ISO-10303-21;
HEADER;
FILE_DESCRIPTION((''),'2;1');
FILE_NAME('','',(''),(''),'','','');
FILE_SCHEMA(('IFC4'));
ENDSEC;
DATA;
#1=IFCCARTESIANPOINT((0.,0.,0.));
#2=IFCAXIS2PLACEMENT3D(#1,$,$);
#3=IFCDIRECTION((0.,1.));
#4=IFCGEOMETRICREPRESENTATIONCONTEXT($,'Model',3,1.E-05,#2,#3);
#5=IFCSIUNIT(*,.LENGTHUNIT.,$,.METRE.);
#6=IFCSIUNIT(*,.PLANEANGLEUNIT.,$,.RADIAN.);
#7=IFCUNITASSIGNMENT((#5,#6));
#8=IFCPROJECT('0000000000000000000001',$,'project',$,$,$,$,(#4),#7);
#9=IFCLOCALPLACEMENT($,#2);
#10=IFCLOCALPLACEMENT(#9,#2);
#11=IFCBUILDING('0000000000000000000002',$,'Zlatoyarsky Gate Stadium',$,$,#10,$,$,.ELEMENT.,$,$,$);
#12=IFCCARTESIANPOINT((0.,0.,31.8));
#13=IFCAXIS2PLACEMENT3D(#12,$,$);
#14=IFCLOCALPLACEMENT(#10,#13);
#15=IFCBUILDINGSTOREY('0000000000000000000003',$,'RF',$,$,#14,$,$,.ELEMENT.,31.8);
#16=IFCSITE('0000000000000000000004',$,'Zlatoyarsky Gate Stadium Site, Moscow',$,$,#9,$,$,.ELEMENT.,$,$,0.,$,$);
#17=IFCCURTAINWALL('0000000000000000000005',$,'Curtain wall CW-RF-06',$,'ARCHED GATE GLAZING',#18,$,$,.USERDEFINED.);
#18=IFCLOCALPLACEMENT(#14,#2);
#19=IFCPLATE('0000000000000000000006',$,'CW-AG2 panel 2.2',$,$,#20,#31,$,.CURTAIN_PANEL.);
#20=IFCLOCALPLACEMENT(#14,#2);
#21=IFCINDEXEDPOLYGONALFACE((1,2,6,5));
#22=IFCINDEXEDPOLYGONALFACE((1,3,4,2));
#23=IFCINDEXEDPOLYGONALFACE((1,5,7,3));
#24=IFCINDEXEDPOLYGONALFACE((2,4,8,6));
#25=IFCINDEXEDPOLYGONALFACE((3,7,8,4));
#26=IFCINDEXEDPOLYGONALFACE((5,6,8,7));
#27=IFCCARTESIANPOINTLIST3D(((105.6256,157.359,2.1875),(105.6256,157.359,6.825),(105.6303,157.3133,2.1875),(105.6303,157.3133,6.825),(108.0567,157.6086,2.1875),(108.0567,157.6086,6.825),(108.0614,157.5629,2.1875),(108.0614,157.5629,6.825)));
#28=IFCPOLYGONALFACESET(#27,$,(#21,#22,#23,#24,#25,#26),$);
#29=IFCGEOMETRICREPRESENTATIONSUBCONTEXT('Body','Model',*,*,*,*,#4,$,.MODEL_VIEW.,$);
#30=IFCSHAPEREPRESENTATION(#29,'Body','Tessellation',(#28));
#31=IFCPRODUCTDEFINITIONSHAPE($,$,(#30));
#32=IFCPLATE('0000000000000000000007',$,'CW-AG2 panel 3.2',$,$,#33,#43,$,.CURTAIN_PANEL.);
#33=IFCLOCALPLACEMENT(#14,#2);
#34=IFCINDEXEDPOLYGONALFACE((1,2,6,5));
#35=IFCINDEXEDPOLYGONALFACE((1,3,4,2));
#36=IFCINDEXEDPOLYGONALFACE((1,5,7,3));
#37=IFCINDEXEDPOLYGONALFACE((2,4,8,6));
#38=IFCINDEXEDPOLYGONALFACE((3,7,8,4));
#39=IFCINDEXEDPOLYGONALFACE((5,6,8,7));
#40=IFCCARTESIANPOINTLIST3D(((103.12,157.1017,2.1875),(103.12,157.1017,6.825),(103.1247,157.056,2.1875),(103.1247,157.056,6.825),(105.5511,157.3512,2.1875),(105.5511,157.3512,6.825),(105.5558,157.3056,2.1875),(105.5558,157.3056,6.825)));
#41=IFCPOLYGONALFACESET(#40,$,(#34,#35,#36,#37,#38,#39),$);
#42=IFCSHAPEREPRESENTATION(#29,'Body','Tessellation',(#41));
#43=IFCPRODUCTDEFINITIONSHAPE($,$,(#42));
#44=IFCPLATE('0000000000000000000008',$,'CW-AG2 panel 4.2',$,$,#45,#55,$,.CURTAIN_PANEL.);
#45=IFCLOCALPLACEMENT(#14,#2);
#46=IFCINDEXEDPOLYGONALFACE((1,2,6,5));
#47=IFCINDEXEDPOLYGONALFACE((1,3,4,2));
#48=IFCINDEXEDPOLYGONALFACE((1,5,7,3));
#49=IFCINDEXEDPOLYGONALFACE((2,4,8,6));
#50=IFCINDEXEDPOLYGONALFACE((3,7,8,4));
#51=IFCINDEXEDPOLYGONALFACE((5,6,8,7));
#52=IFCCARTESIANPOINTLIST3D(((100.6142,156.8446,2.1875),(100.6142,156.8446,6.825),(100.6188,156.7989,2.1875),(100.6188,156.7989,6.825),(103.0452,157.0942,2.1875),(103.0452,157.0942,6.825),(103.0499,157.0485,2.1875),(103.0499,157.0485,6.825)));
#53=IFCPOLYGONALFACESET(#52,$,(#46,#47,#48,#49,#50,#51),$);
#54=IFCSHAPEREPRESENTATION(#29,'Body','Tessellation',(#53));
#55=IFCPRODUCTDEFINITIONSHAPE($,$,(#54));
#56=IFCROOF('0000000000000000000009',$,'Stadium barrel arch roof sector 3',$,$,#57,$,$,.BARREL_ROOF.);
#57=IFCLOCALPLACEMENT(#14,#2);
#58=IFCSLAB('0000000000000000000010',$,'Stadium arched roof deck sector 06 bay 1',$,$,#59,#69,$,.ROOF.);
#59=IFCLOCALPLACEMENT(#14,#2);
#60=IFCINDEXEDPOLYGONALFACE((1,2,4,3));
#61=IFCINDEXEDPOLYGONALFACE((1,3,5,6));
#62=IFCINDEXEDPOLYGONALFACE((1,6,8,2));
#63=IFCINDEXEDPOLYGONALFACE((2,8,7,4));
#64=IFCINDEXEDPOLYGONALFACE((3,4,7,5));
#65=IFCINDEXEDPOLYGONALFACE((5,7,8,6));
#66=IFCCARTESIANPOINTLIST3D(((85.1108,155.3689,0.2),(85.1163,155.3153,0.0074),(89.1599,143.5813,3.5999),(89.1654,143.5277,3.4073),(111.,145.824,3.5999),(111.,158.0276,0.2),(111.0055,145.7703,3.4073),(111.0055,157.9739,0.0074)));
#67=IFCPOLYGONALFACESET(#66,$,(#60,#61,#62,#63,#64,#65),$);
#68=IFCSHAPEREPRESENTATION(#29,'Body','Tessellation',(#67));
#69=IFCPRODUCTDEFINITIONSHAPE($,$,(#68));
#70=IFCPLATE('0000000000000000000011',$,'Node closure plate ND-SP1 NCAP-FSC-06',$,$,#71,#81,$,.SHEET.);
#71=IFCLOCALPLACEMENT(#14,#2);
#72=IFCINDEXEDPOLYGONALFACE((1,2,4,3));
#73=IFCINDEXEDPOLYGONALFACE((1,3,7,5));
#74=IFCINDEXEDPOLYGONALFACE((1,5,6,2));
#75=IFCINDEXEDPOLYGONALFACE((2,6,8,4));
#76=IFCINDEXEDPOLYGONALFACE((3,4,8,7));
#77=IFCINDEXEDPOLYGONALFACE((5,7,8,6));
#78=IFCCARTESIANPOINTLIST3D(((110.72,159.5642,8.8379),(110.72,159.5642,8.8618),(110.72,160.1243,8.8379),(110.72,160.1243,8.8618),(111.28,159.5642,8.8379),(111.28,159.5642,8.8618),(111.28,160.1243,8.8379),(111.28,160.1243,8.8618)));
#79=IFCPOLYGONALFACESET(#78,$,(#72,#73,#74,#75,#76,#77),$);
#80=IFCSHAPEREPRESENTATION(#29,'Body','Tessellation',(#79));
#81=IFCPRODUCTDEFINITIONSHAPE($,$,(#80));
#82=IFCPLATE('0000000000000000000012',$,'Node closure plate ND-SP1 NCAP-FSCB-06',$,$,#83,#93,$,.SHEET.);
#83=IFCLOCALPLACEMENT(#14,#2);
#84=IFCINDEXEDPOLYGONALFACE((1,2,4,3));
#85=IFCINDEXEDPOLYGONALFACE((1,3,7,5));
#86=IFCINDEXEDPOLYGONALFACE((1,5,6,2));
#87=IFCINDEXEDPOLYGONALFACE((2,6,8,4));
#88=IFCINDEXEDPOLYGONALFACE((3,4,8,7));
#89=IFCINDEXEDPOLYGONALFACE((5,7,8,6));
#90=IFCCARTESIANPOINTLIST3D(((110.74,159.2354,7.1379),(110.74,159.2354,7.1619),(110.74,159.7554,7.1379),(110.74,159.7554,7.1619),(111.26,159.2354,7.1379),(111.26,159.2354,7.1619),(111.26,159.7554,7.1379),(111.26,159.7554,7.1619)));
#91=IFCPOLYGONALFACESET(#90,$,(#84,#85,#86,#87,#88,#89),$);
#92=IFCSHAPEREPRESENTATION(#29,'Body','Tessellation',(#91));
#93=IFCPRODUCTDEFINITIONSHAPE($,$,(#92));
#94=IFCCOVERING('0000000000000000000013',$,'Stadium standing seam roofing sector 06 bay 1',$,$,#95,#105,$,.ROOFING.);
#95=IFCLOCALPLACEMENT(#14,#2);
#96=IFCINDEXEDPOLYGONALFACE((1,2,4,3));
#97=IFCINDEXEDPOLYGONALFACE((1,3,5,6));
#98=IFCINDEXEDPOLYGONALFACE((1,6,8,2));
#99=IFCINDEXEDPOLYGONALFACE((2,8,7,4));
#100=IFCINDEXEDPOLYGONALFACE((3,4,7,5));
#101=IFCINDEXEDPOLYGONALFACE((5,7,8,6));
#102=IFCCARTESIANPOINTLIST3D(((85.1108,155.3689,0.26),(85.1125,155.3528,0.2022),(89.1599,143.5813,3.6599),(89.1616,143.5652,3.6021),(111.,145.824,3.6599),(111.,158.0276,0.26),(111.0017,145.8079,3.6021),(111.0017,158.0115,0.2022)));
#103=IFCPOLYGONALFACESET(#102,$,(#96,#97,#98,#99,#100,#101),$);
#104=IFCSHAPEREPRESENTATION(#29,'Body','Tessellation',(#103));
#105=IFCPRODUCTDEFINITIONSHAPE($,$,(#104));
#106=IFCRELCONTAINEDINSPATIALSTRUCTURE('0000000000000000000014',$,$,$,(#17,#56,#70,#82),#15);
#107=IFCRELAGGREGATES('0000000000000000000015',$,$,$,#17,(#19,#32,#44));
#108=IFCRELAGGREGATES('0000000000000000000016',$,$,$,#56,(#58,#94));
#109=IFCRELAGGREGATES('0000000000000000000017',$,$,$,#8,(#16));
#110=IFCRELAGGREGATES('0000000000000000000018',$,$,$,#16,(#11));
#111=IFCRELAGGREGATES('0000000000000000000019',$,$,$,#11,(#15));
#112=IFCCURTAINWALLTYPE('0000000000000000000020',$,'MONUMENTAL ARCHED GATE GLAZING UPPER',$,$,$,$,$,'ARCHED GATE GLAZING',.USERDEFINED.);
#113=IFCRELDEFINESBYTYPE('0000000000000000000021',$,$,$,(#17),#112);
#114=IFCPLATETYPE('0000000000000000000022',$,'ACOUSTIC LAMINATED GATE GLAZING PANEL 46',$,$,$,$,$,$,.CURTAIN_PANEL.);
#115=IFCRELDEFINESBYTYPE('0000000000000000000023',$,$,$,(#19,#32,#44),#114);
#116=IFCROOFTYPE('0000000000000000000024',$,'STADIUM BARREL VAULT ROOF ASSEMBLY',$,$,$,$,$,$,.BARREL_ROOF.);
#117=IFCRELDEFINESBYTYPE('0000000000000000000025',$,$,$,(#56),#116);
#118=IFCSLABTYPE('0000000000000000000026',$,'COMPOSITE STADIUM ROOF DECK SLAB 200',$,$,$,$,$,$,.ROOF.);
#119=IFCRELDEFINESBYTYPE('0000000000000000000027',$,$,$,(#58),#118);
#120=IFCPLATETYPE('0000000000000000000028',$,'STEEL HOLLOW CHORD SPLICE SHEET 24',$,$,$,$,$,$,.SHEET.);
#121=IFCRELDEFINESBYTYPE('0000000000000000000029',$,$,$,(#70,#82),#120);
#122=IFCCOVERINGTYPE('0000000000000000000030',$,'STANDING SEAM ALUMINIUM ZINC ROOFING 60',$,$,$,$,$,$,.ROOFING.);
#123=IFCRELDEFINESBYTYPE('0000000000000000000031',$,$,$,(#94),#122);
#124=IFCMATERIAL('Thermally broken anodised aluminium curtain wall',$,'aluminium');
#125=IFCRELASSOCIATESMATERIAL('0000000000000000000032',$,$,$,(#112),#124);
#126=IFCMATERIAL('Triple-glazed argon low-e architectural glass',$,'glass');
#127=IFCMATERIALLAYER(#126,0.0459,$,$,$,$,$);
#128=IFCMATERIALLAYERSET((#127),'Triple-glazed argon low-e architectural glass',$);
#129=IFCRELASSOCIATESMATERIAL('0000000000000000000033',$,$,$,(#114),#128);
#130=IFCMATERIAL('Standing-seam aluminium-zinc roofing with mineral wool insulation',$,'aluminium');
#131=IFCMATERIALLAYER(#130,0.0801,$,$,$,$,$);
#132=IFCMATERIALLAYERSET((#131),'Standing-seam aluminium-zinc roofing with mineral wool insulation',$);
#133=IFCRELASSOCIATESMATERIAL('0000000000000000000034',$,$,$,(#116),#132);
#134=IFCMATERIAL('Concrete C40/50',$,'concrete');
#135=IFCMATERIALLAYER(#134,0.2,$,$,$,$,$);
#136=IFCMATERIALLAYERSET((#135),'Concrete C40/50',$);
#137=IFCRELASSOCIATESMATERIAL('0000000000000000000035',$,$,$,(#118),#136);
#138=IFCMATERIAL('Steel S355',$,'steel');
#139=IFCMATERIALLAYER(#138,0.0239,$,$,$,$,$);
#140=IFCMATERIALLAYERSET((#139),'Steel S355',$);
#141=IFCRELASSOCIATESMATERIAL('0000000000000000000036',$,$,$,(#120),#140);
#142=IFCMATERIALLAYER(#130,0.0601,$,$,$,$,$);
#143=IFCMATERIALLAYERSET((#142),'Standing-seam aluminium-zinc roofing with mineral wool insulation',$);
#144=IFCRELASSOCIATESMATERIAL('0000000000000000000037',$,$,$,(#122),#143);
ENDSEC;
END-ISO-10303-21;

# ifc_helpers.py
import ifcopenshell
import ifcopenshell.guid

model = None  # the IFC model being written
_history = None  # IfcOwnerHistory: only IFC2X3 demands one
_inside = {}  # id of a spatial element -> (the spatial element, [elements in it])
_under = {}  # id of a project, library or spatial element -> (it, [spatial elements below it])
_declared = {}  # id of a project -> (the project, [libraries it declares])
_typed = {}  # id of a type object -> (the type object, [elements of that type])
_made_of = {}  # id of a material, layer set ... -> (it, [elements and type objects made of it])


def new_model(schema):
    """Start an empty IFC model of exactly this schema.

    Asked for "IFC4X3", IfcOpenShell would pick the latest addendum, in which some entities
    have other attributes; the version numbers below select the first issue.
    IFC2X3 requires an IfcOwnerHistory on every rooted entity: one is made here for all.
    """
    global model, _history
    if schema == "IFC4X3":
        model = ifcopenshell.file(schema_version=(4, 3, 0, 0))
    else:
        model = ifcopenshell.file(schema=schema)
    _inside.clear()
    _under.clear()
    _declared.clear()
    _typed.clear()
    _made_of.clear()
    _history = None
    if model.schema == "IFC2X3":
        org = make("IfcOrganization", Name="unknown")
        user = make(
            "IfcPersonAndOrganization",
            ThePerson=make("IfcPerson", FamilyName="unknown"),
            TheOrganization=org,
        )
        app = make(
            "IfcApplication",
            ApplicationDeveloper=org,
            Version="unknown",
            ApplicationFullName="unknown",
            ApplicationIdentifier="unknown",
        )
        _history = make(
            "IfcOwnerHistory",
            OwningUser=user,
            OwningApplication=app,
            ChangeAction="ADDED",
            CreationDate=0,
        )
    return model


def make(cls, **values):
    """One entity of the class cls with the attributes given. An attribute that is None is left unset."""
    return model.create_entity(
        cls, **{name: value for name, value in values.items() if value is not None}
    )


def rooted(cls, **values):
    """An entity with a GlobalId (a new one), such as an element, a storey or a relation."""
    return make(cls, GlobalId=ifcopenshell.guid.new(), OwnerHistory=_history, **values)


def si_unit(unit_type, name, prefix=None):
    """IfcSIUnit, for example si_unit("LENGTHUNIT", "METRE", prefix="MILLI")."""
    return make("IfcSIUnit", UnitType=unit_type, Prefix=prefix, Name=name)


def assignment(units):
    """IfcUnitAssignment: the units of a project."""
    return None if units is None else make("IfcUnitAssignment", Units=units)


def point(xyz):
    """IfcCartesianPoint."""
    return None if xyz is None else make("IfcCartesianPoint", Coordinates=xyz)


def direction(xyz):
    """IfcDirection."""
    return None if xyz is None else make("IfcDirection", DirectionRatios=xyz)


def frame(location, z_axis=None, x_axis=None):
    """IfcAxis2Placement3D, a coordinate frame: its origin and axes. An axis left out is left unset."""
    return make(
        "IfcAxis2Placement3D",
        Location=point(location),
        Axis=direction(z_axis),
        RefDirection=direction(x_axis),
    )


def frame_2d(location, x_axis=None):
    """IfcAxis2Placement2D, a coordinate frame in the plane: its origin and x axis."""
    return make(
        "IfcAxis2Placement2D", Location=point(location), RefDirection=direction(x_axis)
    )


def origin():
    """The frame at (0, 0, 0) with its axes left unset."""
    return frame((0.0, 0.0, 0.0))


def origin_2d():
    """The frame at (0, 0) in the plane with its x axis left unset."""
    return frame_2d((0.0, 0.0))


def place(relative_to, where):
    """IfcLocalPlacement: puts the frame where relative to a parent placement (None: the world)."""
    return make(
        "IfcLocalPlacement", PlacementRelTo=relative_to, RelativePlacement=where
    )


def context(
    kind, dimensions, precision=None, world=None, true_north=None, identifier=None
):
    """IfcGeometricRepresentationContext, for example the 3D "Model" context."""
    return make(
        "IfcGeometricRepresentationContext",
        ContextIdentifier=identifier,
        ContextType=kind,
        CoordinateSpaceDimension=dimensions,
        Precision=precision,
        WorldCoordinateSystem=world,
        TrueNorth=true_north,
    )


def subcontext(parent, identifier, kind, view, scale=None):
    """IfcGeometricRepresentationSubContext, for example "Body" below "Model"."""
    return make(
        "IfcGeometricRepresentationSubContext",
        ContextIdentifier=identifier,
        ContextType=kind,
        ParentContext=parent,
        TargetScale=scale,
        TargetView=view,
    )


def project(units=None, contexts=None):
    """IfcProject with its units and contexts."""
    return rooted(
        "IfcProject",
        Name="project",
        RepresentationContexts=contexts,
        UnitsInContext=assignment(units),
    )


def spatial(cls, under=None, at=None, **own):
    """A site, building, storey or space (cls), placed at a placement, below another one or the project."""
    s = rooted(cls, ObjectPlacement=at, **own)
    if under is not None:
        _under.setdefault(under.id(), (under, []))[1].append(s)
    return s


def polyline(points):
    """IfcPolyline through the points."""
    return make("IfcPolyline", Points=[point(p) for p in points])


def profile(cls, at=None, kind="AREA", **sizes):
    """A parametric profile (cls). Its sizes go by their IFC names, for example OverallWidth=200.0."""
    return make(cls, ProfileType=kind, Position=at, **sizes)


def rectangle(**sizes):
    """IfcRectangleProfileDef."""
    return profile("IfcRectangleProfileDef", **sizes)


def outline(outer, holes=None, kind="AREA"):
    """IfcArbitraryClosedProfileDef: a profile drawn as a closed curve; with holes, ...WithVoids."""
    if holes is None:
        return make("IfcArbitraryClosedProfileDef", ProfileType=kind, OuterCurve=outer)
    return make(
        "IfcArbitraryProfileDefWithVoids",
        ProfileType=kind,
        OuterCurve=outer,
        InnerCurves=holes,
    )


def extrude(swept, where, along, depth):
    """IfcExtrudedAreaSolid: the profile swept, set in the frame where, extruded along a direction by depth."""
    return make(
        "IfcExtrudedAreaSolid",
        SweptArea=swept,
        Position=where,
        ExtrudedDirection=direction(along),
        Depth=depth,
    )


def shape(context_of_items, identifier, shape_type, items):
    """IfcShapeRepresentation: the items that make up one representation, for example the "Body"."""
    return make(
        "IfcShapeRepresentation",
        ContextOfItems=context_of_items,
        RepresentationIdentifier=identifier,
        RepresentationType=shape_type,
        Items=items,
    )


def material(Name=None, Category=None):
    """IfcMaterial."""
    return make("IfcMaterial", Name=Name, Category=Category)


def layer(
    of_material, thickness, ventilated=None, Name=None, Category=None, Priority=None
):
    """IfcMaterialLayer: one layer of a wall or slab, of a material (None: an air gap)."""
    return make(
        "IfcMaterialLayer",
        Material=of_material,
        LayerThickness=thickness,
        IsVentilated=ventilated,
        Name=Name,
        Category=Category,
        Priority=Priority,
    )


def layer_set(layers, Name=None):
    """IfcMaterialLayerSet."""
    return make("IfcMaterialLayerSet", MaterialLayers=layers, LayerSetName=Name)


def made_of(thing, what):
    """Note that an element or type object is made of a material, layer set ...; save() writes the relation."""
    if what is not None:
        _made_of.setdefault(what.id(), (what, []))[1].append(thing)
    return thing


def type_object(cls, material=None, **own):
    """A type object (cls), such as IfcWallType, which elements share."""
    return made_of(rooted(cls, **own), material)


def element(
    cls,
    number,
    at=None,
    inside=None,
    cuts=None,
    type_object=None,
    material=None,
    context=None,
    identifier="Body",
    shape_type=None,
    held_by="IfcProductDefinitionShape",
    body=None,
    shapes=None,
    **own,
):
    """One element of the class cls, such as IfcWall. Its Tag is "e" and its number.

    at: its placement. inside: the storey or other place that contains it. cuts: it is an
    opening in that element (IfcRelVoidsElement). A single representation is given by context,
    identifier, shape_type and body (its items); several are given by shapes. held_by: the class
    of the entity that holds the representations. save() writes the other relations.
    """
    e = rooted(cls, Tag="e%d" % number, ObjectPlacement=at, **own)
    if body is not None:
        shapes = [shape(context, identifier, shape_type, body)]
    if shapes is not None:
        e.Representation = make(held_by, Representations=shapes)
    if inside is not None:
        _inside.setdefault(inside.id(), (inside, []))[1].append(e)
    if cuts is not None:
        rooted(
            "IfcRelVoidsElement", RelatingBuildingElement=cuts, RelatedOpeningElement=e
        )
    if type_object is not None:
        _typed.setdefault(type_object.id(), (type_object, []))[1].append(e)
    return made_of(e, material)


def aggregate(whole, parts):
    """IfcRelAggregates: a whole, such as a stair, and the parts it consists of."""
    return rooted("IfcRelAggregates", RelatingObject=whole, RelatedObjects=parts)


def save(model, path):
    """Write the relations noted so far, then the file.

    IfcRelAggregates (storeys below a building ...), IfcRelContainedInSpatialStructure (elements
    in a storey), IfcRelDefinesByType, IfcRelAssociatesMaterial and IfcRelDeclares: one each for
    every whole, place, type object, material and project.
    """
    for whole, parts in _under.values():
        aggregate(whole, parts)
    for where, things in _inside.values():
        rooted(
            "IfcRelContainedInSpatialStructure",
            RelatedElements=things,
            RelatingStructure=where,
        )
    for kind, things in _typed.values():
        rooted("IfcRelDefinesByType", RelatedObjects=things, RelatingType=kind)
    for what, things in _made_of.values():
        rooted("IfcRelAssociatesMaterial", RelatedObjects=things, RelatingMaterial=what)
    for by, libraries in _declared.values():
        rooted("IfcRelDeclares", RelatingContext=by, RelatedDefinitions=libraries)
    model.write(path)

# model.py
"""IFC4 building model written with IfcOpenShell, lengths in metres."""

from ifc_helpers import new_model, si_unit, direction, frame, origin, origin_2d, place, context, subcontext, project, spatial, polyline, rectangle, outline, extrude, material, layer, layer_set, type_object, element, aggregate, save


model = new_model("IFC4")

# Units and contexts
model_context = context("Model", 3, precision=1e-05, world=origin(), true_north=direction((0.0, 1.0)))
body_context = subcontext(model_context, "Body", "Model", "MODEL_VIEW")
ifc_project = project(units=[si_unit("LENGTHUNIT", "METRE"), si_unit("PLANEANGLEUNIT", "RADIAN")], contexts=[model_context])

# Site, building, storey
site_placement = place(None, origin())
site = spatial("IfcSite", under=ifc_project, at=site_placement, Name="Zlatoyarsky Gate Stadium Site, Moscow", CompositionType="ELEMENT", RefElevation=0.0)
building_placement = place(site_placement, origin())
building = spatial("IfcBuilding", under=site, at=building_placement, Name="Zlatoyarsky Gate Stadium", CompositionType="ELEMENT")
storey_placement = place(building_placement, frame((0.0, 0.0, 31.8)))
storey = spatial("IfcBuildingStorey", under=building, at=storey_placement, Name="RF", CompositionType="ELEMENT", Elevation=31.8)

# Curtain wall
ifc_material_1 = material(Name="Thermally broken anodised aluminium curtain wall", Category="aluminium")
curtain_wall_type = type_object("IfcCurtainWallType", Name="MONUMENTAL ARCHED GATE GLAZING UPPER", ElementType="ARCHED GATE GLAZING", PredefinedType="USERDEFINED", material=ifc_material_1)
curtain_wall_placement = place(storey_placement, origin())
curtain_wall = element("IfcCurtainWall", 1, at=curtain_wall_placement, inside=storey, type_object=curtain_wall_type, Name="Curtain wall CW-RF-06", ObjectType="ARCHED GATE GLAZING", PredefinedType="USERDEFINED")

# Shared definitions
ifc_material_2 = material(Name="Steel S355", Category="steel")

# Plates
ifc_material_3 = material(Name="Triple-glazed argon low-e architectural glass", Category="glass")
ifc_layer_1 = layer(ifc_material_3, 0.0459)
ifc_layer_set_1 = layer_set([ifc_layer_1], Name="Triple-glazed argon low-e architectural glass")
plate_type_1 = type_object("IfcPlateType", Name="ACOUSTIC LAMINATED GATE GLAZING PANEL 46", PredefinedType="CURTAIN_PANEL", material=ifc_layer_set_1)
plate_1_placement = place(storey_placement, frame((106.8435, 157.4609, 2.1875), z_axis=(0.0, 0.0, 1.0), x_axis=(-0.994772, -0.102125, 0.0)))
plate_1 = element("IfcPlate", 2, at=plate_1_placement, type_object=plate_type_1, Name="CW-AG2 panel 2.2", PredefinedType="CURTAIN_PANEL", context=body_context, shape_type="SweptSolid", body=[
    extrude(rectangle(XDim=2.4438, YDim=0.0459, at=origin_2d()), origin(), (0.0, 0.0, 1.0), 4.6375),
])
plate_2_placement = place(storey_placement, frame((104.3379, 157.2036, 2.1875), z_axis=(0.0, 0.0, 1.0), x_axis=(-0.994772, -0.102125, 0.0)))
plate_2 = element("IfcPlate", 3, at=plate_2_placement, type_object=plate_type_1, Name="CW-AG2 panel 3.2", PredefinedType="CURTAIN_PANEL", context=body_context, shape_type="SweptSolid", body=[
    extrude(rectangle(XDim=2.4438, YDim=0.0459, at=origin_2d()), origin(), (0.0, 0.0, 1.0), 4.6375),
])
plate_3_placement = place(storey_placement, frame((101.832, 156.9465, 2.1875), z_axis=(0.0, 0.0, 1.0), x_axis=(-0.994772, -0.102125, 0.0)))
plate_3 = element("IfcPlate", 4, at=plate_3_placement, type_object=plate_type_1, Name="CW-AG2 panel 4.2", PredefinedType="CURTAIN_PANEL", context=body_context, shape_type="SweptSolid", body=[
    extrude(rectangle(XDim=2.4438, YDim=0.0459, at=origin_2d()), origin(), (0.0, 0.0, 1.0), 4.6375),
])
aggregate(curtain_wall, [plate_1, plate_2, plate_3])

# Roof, slab
ifc_material_4 = material(Name="Standing-seam aluminium-zinc roofing with mineral wool insulation", Category="aluminium")
ifc_layer_2 = layer(ifc_material_4, 0.0801)
ifc_layer_set_2 = layer_set([ifc_layer_2], Name="Standing-seam aluminium-zinc roofing with mineral wool insulation")
roof_type = type_object("IfcRoofType", Name="STADIUM BARREL VAULT ROOF ASSEMBLY", PredefinedType="BARREL_ROOF", material=ifc_layer_set_2)
roof_placement = place(storey_placement, origin())
roof = element("IfcRoof", 5, at=roof_placement, inside=storey, type_object=roof_type, Name="Stadium barrel arch roof sector 3", PredefinedType="BARREL_ROOF")
ifc_material_5 = material(Name="Concrete C40/50", Category="concrete")
ifc_layer_3 = layer(ifc_material_5, 0.2)
ifc_layer_set_3 = layer_set([ifc_layer_3], Name="Concrete C40/50")
slab_type = type_object("IfcSlabType", Name="COMPOSITE STADIUM ROOF DECK SLAB 200", PredefinedType="ROOF", material=ifc_layer_set_3)
slab_placement = place(storey_placement, frame((111.0, 158.0276, 0.2), z_axis=(-0.02755, 0.268278, 0.962948), x_axis=(-0.994768, -0.102158, 0.000001)))
slab = element("IfcSlab", 6, at=slab_placement, type_object=slab_type, Name="Stadium arched roof deck sector 06 bay 1", PredefinedType="ROOF", context=body_context, shape_type="SweptSolid", body=[
    extrude(outline(polyline([(0.0, 0.0), (26.0253, 0.0), (23.2016, 12.6067), (1.2467, 12.6069), (0.0, 0.0)])), origin(), (0.0, 0.0, -1.0), 0.2),
])

# Plates
ifc_layer_4 = layer(ifc_material_2, 0.0239)
ifc_layer_set_4 = layer_set([ifc_layer_4], Name="Steel S355")
plate_type_2 = type_object("IfcPlateType", Name="STEEL HOLLOW CHORD SPLICE SHEET 24", PredefinedType="SHEET", material=ifc_layer_set_4)
plate_4_placement = place(storey_placement, frame((111.0, 159.8442, 8.8379), z_axis=(0.0, 0.0, 1.0), x_axis=(1.0, 0.0, 0.0)))
element("IfcPlate", 7, at=plate_4_placement, inside=storey, type_object=plate_type_2, Name="Node closure plate ND-SP1 NCAP-FSC-06", PredefinedType="SHEET", context=body_context, shape_type="SweptSolid", body=[
    extrude(rectangle(XDim=0.5601, YDim=0.5601, at=origin_2d()), origin(), (0.0, 0.0, 1.0), 0.0239),
])
plate_5_placement = place(storey_placement, frame((111.0, 159.4954, 7.1379), z_axis=(0.0, 0.0, 1.0), x_axis=(1.0, 0.0, 0.0)))
element("IfcPlate", 8, at=plate_5_placement, inside=storey, type_object=plate_type_2, Name="Node closure plate ND-SP1 NCAP-FSCB-06", PredefinedType="SHEET", context=body_context, shape_type="SweptSolid", body=[
    extrude(rectangle(XDim=0.52, YDim=0.52, at=origin_2d()), origin(), (0.0, 0.0, 1.0), 0.0239),
])

# Covering
ifc_layer_5 = layer(ifc_material_4, 0.0601)
ifc_layer_set_5 = layer_set([ifc_layer_5], Name="Standing-seam aluminium-zinc roofing with mineral wool insulation")
covering_type = type_object("IfcCoveringType", Name="STANDING SEAM ALUMINIUM ZINC ROOFING 60", PredefinedType="ROOFING", material=ifc_layer_set_5)
covering_placement = place(storey_placement, frame((111.0, 158.0276, 0.26), z_axis=(-0.02755, 0.268278, 0.962948), x_axis=(-0.994768, -0.102158, 0.000001)))
covering = element("IfcCovering", 9, at=covering_placement, type_object=covering_type, Name="Stadium standing seam roofing sector 06 bay 1", PredefinedType="ROOFING", context=body_context, shape_type="SweptSolid", body=[
    extrude(outline(polyline([(0.0, 0.0), (26.0253, 0.0), (23.2016, 12.6067), (1.2467, 12.6069), (0.0, 0.0)])), origin(), (0.0, 0.0, -1.0), 0.0601),
])
aggregate(roof, [slab, covering])

save(model, "model.ifc")
